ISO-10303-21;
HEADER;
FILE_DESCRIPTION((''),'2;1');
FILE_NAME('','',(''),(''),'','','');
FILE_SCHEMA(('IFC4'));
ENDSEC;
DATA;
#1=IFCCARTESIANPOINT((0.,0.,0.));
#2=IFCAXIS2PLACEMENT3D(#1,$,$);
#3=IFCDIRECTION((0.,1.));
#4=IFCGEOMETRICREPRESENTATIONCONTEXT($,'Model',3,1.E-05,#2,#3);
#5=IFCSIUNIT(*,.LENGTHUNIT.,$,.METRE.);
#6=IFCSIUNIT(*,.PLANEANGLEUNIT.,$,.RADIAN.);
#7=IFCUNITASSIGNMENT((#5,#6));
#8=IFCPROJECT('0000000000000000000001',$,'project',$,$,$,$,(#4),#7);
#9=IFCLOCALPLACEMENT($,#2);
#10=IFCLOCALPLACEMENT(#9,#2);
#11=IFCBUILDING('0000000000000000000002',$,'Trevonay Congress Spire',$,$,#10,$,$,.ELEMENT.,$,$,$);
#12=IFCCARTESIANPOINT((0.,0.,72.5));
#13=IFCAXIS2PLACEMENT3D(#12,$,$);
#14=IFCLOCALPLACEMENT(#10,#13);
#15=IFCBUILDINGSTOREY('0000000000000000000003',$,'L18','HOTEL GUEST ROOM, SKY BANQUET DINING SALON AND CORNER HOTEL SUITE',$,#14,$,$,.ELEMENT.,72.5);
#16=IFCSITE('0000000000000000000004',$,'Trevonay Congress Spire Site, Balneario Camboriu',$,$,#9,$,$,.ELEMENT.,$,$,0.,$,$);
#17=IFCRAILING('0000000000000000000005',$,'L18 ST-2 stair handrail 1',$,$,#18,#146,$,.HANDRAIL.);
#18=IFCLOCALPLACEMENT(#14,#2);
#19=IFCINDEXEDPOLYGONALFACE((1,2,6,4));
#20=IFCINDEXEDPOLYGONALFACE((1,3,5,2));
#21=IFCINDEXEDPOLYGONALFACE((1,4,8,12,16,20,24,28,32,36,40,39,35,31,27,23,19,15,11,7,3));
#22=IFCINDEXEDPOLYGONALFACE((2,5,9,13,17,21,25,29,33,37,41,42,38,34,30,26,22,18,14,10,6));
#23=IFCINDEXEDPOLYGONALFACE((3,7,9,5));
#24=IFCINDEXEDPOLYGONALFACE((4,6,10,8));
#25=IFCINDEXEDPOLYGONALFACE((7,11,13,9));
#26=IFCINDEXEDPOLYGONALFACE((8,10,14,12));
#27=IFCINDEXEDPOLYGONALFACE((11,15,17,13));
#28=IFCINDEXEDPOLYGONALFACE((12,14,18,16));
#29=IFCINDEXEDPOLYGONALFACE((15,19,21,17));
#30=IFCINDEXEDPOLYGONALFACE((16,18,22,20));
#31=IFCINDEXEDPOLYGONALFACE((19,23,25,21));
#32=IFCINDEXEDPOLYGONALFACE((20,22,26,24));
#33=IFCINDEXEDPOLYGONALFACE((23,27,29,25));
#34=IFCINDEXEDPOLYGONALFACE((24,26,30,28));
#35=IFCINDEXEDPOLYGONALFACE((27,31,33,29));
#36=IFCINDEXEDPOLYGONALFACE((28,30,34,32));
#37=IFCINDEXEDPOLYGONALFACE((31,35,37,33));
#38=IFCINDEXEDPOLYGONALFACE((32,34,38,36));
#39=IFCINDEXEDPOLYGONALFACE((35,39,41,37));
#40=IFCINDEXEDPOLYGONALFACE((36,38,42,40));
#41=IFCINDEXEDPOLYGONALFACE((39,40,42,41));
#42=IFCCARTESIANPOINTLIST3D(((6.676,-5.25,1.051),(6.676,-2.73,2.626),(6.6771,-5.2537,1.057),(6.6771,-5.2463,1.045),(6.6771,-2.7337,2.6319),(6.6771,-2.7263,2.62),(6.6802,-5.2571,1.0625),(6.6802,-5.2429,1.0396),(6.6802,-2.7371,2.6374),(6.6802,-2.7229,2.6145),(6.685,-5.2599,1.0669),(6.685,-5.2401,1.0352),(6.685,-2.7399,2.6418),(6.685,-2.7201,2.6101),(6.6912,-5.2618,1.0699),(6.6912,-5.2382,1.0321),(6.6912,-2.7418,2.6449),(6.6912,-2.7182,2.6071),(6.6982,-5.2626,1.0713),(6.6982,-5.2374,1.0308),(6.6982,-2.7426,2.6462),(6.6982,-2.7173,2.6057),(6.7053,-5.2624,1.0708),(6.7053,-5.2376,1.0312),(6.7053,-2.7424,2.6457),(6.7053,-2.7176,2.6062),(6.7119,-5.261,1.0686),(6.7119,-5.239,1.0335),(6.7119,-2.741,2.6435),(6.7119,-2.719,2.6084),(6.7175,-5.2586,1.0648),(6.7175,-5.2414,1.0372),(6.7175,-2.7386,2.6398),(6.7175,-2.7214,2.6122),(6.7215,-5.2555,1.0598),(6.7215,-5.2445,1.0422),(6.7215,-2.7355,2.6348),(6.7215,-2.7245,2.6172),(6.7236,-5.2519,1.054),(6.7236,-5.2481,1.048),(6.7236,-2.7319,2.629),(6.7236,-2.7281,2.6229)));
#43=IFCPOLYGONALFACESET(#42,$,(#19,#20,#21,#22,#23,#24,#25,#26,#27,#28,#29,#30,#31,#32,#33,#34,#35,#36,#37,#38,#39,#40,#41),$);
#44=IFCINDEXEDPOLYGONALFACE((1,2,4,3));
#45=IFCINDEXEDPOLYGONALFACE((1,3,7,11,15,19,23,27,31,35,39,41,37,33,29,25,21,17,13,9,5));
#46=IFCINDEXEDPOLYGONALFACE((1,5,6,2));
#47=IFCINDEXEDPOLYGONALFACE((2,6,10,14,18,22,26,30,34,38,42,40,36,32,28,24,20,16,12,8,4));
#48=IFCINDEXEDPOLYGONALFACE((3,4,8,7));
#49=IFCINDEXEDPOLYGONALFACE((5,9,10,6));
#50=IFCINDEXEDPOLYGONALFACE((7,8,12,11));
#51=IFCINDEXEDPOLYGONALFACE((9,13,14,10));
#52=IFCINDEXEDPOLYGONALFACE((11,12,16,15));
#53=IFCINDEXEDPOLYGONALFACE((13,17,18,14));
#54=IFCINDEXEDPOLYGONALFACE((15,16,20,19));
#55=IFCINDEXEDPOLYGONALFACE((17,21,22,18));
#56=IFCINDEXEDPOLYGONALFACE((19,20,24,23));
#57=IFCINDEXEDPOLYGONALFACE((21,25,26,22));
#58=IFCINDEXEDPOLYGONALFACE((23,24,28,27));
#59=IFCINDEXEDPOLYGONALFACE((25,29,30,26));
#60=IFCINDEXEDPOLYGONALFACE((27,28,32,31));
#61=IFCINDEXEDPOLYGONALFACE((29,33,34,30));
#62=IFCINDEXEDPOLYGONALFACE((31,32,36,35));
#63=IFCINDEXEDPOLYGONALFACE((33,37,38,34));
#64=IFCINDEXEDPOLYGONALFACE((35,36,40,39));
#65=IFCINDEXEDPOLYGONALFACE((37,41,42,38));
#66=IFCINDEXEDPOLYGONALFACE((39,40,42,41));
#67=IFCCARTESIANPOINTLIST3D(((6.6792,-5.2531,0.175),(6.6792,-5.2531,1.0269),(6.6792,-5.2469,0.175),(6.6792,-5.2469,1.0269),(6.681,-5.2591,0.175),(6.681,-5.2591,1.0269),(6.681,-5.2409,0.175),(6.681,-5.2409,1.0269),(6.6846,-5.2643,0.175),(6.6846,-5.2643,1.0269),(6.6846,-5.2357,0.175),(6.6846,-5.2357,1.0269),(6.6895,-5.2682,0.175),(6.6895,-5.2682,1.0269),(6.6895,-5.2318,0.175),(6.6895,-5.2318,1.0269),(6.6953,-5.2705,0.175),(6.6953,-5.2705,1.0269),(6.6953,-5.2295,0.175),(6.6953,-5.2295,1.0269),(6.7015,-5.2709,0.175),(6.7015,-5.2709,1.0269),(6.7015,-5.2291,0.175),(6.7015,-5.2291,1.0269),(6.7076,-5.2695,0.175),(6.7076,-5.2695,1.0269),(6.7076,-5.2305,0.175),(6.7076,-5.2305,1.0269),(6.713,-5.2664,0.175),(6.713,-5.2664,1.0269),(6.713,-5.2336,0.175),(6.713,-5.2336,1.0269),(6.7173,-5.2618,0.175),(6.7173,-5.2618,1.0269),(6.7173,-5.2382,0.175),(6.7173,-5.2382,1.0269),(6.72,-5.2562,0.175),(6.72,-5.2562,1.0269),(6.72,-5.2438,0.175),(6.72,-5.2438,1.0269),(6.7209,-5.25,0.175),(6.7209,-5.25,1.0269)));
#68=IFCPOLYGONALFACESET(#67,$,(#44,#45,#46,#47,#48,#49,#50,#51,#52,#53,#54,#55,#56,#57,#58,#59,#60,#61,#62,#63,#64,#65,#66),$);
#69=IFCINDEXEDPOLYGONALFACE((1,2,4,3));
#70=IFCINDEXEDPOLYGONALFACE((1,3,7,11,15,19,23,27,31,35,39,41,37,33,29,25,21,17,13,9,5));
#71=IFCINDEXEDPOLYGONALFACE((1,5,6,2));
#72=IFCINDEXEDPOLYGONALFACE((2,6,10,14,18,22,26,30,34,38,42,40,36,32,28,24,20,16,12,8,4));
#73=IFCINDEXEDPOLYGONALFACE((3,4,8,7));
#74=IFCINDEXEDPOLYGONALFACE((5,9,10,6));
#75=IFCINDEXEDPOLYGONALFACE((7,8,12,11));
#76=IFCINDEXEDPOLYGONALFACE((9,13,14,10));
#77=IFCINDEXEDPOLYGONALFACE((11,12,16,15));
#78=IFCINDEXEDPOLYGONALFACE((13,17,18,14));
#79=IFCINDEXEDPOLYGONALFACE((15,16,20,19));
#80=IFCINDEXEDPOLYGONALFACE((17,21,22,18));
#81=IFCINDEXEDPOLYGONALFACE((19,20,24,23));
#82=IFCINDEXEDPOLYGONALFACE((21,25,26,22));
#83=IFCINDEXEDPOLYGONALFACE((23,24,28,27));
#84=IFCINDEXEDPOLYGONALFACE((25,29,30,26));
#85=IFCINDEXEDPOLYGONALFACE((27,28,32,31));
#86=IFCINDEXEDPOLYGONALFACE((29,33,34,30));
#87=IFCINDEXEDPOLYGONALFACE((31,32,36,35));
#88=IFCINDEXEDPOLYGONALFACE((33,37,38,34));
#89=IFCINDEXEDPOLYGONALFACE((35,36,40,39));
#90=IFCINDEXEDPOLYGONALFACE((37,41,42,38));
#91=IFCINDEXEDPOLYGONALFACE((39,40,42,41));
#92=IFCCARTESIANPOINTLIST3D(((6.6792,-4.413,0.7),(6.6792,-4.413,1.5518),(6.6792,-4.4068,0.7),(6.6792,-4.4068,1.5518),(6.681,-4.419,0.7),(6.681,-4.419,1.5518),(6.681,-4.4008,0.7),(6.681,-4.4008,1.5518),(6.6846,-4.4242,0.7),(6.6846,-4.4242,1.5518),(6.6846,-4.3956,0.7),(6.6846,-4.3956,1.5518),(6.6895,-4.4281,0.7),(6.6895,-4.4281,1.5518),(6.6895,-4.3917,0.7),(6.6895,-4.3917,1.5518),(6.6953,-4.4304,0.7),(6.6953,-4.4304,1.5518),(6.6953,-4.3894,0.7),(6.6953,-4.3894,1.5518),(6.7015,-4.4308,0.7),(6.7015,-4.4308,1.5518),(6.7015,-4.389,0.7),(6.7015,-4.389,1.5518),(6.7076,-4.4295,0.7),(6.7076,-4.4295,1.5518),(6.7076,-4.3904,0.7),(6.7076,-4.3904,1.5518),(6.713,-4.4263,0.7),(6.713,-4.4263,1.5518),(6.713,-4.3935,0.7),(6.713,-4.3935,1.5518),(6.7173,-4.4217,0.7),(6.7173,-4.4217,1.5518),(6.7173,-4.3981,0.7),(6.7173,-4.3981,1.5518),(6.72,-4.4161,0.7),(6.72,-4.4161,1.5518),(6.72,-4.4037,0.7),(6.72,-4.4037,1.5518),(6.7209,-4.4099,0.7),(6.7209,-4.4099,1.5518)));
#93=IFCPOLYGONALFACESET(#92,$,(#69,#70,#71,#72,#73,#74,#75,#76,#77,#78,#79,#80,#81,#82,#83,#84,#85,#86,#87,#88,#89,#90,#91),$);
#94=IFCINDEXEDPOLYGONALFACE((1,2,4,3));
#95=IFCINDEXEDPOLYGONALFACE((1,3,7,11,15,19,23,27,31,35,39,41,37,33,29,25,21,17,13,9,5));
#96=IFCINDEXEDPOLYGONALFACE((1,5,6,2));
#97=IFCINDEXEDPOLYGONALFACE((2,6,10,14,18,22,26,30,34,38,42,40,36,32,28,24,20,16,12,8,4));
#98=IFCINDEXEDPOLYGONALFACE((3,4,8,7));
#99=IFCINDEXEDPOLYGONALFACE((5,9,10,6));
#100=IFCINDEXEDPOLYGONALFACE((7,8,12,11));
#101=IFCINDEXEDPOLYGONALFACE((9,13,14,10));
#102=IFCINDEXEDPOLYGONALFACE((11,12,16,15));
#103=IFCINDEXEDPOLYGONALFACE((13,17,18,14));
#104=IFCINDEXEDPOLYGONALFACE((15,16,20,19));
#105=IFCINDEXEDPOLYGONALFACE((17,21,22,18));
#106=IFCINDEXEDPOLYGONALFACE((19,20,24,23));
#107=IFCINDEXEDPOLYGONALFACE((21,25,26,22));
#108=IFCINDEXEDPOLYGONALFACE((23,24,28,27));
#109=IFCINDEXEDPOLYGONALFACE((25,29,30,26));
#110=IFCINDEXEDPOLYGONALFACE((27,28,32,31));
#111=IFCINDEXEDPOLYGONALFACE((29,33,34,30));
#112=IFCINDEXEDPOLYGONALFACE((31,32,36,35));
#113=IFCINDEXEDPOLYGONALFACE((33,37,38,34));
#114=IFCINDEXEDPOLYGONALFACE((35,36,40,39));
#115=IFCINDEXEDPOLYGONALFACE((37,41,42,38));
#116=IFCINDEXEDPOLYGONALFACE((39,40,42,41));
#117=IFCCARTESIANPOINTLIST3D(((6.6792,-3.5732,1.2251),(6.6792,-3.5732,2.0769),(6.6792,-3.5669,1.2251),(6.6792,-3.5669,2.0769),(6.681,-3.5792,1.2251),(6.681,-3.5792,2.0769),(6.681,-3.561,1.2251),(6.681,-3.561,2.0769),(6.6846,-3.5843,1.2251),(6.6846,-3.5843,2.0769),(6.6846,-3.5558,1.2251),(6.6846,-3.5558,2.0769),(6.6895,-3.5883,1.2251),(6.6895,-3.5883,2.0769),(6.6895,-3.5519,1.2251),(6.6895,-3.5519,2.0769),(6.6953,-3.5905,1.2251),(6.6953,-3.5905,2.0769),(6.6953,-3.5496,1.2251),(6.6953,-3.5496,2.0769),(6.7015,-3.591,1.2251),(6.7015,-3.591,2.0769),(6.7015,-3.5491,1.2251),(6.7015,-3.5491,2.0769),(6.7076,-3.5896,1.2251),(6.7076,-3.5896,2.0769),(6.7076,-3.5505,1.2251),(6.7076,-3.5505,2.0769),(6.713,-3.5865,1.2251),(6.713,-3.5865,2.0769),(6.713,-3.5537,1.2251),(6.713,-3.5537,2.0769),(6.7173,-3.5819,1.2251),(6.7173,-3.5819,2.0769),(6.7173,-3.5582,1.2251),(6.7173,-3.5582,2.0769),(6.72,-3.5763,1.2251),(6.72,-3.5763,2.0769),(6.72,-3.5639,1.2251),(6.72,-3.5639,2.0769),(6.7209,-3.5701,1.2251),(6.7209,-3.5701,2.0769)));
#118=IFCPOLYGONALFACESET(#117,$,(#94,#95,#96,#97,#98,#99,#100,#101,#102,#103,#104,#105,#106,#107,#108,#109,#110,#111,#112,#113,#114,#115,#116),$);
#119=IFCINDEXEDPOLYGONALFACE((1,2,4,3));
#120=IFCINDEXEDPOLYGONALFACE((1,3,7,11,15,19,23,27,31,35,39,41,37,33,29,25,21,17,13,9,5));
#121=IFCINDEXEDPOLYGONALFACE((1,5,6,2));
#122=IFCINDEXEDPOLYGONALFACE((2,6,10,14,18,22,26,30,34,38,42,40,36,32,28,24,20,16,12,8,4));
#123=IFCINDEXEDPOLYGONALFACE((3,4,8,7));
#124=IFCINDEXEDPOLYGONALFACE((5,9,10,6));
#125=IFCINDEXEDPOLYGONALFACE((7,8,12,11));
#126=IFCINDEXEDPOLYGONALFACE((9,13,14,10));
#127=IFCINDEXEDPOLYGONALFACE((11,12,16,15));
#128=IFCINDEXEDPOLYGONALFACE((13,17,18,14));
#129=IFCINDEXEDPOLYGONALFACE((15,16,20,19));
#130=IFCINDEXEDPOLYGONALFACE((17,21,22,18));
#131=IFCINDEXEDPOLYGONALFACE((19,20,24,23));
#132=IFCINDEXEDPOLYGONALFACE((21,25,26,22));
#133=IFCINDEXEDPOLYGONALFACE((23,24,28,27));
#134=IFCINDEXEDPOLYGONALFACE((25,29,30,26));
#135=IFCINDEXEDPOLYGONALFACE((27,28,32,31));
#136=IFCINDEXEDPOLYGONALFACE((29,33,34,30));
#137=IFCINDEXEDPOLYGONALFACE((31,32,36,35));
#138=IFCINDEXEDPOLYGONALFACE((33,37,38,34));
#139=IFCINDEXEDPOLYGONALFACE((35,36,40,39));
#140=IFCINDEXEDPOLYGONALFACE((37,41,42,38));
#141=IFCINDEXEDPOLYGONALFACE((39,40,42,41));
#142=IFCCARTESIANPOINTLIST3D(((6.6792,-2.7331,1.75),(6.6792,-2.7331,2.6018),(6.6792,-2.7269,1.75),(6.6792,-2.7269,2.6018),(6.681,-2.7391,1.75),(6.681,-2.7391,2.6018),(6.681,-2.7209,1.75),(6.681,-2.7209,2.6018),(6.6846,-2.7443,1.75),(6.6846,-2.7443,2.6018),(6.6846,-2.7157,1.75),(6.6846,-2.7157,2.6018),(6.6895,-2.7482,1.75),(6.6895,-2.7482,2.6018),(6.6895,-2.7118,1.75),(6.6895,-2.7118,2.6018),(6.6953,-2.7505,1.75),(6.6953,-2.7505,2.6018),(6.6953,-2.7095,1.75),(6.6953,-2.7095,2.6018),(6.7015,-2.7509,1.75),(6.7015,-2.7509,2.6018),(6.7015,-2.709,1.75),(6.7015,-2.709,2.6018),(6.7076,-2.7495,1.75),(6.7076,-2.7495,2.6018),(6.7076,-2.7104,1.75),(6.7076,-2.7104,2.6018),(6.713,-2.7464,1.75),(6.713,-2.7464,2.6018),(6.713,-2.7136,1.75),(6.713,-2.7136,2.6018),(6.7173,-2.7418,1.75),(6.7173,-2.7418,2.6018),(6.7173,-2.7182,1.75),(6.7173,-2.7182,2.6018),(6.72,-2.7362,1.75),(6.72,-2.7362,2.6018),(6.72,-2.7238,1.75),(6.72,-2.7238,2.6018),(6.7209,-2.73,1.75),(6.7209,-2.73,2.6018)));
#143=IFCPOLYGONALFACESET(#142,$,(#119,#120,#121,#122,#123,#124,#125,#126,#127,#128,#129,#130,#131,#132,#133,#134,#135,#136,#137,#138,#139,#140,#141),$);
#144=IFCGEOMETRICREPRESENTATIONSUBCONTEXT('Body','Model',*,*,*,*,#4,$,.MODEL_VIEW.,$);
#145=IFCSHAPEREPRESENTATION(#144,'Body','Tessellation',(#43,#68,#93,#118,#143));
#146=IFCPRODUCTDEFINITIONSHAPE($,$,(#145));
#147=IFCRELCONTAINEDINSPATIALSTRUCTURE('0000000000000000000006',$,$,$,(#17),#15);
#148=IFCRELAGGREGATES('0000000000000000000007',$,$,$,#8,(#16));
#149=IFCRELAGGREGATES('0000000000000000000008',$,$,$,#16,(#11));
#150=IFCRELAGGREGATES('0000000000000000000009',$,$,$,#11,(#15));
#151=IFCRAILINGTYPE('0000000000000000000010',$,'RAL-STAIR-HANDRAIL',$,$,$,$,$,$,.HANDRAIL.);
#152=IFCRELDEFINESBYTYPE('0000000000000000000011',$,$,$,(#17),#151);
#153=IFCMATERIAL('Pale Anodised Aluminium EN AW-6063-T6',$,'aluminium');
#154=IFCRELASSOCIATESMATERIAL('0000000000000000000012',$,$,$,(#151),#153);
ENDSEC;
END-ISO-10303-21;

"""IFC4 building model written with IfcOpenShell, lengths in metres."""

from ifc_helpers import new_model, si_unit, direction, frame, origin, origin_2d, place, context, subcontext, project, spatial, circle, extrude, material, type_object, element, save


model = new_model("IFC4")

# Units and contexts
model_context = context("Model", 3, precision=1e-05, world=origin(), true_north=direction((0.0, 1.0)))
body_context = subcontext(model_context, "Body", "Model", "MODEL_VIEW")
ifc_project = project(units=[si_unit("LENGTHUNIT", "METRE"), si_unit("PLANEANGLEUNIT", "RADIAN")], contexts=[model_context])

# Site, building, storey
site_placement = place(None, origin())
site = spatial("IfcSite", under=ifc_project, at=site_placement, Name="Trevonay Congress Spire Site, Balneario Camboriu", CompositionType="ELEMENT", RefElevation=0.0)
building_placement = place(site_placement, origin())
building = spatial("IfcBuilding", under=site, at=building_placement, Name="Trevonay Congress Spire", CompositionType="ELEMENT")
storey_placement = place(building_placement, frame((0.0, 0.0, 72.5)))
storey = spatial("IfcBuildingStorey", under=building, at=storey_placement, Name="L18", Description="HOTEL GUEST ROOM, SKY BANQUET DINING SALON AND CORNER HOTEL SUITE", CompositionType="ELEMENT", Elevation=72.5)

# Shared definitions
ifc_material_1 = material(Name="Pale Anodised Aluminium EN AW-6063-T6", Category="aluminium")

# Railing
railing_type_1 = type_object("IfcRailingType", Name="RAL-STAIR-HANDRAIL", PredefinedType="HANDRAIL", material=ifc_material_1)
railing_1_placement = place(storey_placement, frame((6.7, -5.25, 0.175)))
element("IfcRailing", 1, at=railing_1_placement, inside=storey, type_object=railing_type_1, Name="L18 ST-2 stair handrail 1", PredefinedType="HANDRAIL", context=body_context, shape_type="SweptSolid", body=[
    extrude(circle(Radius=0.0239, at=origin_2d()), frame((0.0, 0.0, 0.876), z_axis=(0.0, 0.848008, 0.529984), x_axis=(-1.0, 0.0, 0.0)), (0.0, 0.0, 1.0), 2.9717),
    extrude(circle(Radius=0.021, at=origin_2d()), origin(), (0.0, 0.0, 1.0), 0.8518),
    extrude(circle(Radius=0.021, at=origin_2d()), frame((0.0, 0.8401, 0.5249)), (0.0, 0.0, 1.0), 0.8518),
    extrude(circle(Radius=0.021, at=origin_2d()), frame((0.0, 1.6799, 1.05)), (0.0, 0.0, 1.0), 0.8518),
    extrude(circle(Radius=0.021, at=origin_2d()), frame((0.0, 2.52, 1.575)), (0.0, 0.0, 1.0), 0.8518),
])

save(model, "model.ifc")
